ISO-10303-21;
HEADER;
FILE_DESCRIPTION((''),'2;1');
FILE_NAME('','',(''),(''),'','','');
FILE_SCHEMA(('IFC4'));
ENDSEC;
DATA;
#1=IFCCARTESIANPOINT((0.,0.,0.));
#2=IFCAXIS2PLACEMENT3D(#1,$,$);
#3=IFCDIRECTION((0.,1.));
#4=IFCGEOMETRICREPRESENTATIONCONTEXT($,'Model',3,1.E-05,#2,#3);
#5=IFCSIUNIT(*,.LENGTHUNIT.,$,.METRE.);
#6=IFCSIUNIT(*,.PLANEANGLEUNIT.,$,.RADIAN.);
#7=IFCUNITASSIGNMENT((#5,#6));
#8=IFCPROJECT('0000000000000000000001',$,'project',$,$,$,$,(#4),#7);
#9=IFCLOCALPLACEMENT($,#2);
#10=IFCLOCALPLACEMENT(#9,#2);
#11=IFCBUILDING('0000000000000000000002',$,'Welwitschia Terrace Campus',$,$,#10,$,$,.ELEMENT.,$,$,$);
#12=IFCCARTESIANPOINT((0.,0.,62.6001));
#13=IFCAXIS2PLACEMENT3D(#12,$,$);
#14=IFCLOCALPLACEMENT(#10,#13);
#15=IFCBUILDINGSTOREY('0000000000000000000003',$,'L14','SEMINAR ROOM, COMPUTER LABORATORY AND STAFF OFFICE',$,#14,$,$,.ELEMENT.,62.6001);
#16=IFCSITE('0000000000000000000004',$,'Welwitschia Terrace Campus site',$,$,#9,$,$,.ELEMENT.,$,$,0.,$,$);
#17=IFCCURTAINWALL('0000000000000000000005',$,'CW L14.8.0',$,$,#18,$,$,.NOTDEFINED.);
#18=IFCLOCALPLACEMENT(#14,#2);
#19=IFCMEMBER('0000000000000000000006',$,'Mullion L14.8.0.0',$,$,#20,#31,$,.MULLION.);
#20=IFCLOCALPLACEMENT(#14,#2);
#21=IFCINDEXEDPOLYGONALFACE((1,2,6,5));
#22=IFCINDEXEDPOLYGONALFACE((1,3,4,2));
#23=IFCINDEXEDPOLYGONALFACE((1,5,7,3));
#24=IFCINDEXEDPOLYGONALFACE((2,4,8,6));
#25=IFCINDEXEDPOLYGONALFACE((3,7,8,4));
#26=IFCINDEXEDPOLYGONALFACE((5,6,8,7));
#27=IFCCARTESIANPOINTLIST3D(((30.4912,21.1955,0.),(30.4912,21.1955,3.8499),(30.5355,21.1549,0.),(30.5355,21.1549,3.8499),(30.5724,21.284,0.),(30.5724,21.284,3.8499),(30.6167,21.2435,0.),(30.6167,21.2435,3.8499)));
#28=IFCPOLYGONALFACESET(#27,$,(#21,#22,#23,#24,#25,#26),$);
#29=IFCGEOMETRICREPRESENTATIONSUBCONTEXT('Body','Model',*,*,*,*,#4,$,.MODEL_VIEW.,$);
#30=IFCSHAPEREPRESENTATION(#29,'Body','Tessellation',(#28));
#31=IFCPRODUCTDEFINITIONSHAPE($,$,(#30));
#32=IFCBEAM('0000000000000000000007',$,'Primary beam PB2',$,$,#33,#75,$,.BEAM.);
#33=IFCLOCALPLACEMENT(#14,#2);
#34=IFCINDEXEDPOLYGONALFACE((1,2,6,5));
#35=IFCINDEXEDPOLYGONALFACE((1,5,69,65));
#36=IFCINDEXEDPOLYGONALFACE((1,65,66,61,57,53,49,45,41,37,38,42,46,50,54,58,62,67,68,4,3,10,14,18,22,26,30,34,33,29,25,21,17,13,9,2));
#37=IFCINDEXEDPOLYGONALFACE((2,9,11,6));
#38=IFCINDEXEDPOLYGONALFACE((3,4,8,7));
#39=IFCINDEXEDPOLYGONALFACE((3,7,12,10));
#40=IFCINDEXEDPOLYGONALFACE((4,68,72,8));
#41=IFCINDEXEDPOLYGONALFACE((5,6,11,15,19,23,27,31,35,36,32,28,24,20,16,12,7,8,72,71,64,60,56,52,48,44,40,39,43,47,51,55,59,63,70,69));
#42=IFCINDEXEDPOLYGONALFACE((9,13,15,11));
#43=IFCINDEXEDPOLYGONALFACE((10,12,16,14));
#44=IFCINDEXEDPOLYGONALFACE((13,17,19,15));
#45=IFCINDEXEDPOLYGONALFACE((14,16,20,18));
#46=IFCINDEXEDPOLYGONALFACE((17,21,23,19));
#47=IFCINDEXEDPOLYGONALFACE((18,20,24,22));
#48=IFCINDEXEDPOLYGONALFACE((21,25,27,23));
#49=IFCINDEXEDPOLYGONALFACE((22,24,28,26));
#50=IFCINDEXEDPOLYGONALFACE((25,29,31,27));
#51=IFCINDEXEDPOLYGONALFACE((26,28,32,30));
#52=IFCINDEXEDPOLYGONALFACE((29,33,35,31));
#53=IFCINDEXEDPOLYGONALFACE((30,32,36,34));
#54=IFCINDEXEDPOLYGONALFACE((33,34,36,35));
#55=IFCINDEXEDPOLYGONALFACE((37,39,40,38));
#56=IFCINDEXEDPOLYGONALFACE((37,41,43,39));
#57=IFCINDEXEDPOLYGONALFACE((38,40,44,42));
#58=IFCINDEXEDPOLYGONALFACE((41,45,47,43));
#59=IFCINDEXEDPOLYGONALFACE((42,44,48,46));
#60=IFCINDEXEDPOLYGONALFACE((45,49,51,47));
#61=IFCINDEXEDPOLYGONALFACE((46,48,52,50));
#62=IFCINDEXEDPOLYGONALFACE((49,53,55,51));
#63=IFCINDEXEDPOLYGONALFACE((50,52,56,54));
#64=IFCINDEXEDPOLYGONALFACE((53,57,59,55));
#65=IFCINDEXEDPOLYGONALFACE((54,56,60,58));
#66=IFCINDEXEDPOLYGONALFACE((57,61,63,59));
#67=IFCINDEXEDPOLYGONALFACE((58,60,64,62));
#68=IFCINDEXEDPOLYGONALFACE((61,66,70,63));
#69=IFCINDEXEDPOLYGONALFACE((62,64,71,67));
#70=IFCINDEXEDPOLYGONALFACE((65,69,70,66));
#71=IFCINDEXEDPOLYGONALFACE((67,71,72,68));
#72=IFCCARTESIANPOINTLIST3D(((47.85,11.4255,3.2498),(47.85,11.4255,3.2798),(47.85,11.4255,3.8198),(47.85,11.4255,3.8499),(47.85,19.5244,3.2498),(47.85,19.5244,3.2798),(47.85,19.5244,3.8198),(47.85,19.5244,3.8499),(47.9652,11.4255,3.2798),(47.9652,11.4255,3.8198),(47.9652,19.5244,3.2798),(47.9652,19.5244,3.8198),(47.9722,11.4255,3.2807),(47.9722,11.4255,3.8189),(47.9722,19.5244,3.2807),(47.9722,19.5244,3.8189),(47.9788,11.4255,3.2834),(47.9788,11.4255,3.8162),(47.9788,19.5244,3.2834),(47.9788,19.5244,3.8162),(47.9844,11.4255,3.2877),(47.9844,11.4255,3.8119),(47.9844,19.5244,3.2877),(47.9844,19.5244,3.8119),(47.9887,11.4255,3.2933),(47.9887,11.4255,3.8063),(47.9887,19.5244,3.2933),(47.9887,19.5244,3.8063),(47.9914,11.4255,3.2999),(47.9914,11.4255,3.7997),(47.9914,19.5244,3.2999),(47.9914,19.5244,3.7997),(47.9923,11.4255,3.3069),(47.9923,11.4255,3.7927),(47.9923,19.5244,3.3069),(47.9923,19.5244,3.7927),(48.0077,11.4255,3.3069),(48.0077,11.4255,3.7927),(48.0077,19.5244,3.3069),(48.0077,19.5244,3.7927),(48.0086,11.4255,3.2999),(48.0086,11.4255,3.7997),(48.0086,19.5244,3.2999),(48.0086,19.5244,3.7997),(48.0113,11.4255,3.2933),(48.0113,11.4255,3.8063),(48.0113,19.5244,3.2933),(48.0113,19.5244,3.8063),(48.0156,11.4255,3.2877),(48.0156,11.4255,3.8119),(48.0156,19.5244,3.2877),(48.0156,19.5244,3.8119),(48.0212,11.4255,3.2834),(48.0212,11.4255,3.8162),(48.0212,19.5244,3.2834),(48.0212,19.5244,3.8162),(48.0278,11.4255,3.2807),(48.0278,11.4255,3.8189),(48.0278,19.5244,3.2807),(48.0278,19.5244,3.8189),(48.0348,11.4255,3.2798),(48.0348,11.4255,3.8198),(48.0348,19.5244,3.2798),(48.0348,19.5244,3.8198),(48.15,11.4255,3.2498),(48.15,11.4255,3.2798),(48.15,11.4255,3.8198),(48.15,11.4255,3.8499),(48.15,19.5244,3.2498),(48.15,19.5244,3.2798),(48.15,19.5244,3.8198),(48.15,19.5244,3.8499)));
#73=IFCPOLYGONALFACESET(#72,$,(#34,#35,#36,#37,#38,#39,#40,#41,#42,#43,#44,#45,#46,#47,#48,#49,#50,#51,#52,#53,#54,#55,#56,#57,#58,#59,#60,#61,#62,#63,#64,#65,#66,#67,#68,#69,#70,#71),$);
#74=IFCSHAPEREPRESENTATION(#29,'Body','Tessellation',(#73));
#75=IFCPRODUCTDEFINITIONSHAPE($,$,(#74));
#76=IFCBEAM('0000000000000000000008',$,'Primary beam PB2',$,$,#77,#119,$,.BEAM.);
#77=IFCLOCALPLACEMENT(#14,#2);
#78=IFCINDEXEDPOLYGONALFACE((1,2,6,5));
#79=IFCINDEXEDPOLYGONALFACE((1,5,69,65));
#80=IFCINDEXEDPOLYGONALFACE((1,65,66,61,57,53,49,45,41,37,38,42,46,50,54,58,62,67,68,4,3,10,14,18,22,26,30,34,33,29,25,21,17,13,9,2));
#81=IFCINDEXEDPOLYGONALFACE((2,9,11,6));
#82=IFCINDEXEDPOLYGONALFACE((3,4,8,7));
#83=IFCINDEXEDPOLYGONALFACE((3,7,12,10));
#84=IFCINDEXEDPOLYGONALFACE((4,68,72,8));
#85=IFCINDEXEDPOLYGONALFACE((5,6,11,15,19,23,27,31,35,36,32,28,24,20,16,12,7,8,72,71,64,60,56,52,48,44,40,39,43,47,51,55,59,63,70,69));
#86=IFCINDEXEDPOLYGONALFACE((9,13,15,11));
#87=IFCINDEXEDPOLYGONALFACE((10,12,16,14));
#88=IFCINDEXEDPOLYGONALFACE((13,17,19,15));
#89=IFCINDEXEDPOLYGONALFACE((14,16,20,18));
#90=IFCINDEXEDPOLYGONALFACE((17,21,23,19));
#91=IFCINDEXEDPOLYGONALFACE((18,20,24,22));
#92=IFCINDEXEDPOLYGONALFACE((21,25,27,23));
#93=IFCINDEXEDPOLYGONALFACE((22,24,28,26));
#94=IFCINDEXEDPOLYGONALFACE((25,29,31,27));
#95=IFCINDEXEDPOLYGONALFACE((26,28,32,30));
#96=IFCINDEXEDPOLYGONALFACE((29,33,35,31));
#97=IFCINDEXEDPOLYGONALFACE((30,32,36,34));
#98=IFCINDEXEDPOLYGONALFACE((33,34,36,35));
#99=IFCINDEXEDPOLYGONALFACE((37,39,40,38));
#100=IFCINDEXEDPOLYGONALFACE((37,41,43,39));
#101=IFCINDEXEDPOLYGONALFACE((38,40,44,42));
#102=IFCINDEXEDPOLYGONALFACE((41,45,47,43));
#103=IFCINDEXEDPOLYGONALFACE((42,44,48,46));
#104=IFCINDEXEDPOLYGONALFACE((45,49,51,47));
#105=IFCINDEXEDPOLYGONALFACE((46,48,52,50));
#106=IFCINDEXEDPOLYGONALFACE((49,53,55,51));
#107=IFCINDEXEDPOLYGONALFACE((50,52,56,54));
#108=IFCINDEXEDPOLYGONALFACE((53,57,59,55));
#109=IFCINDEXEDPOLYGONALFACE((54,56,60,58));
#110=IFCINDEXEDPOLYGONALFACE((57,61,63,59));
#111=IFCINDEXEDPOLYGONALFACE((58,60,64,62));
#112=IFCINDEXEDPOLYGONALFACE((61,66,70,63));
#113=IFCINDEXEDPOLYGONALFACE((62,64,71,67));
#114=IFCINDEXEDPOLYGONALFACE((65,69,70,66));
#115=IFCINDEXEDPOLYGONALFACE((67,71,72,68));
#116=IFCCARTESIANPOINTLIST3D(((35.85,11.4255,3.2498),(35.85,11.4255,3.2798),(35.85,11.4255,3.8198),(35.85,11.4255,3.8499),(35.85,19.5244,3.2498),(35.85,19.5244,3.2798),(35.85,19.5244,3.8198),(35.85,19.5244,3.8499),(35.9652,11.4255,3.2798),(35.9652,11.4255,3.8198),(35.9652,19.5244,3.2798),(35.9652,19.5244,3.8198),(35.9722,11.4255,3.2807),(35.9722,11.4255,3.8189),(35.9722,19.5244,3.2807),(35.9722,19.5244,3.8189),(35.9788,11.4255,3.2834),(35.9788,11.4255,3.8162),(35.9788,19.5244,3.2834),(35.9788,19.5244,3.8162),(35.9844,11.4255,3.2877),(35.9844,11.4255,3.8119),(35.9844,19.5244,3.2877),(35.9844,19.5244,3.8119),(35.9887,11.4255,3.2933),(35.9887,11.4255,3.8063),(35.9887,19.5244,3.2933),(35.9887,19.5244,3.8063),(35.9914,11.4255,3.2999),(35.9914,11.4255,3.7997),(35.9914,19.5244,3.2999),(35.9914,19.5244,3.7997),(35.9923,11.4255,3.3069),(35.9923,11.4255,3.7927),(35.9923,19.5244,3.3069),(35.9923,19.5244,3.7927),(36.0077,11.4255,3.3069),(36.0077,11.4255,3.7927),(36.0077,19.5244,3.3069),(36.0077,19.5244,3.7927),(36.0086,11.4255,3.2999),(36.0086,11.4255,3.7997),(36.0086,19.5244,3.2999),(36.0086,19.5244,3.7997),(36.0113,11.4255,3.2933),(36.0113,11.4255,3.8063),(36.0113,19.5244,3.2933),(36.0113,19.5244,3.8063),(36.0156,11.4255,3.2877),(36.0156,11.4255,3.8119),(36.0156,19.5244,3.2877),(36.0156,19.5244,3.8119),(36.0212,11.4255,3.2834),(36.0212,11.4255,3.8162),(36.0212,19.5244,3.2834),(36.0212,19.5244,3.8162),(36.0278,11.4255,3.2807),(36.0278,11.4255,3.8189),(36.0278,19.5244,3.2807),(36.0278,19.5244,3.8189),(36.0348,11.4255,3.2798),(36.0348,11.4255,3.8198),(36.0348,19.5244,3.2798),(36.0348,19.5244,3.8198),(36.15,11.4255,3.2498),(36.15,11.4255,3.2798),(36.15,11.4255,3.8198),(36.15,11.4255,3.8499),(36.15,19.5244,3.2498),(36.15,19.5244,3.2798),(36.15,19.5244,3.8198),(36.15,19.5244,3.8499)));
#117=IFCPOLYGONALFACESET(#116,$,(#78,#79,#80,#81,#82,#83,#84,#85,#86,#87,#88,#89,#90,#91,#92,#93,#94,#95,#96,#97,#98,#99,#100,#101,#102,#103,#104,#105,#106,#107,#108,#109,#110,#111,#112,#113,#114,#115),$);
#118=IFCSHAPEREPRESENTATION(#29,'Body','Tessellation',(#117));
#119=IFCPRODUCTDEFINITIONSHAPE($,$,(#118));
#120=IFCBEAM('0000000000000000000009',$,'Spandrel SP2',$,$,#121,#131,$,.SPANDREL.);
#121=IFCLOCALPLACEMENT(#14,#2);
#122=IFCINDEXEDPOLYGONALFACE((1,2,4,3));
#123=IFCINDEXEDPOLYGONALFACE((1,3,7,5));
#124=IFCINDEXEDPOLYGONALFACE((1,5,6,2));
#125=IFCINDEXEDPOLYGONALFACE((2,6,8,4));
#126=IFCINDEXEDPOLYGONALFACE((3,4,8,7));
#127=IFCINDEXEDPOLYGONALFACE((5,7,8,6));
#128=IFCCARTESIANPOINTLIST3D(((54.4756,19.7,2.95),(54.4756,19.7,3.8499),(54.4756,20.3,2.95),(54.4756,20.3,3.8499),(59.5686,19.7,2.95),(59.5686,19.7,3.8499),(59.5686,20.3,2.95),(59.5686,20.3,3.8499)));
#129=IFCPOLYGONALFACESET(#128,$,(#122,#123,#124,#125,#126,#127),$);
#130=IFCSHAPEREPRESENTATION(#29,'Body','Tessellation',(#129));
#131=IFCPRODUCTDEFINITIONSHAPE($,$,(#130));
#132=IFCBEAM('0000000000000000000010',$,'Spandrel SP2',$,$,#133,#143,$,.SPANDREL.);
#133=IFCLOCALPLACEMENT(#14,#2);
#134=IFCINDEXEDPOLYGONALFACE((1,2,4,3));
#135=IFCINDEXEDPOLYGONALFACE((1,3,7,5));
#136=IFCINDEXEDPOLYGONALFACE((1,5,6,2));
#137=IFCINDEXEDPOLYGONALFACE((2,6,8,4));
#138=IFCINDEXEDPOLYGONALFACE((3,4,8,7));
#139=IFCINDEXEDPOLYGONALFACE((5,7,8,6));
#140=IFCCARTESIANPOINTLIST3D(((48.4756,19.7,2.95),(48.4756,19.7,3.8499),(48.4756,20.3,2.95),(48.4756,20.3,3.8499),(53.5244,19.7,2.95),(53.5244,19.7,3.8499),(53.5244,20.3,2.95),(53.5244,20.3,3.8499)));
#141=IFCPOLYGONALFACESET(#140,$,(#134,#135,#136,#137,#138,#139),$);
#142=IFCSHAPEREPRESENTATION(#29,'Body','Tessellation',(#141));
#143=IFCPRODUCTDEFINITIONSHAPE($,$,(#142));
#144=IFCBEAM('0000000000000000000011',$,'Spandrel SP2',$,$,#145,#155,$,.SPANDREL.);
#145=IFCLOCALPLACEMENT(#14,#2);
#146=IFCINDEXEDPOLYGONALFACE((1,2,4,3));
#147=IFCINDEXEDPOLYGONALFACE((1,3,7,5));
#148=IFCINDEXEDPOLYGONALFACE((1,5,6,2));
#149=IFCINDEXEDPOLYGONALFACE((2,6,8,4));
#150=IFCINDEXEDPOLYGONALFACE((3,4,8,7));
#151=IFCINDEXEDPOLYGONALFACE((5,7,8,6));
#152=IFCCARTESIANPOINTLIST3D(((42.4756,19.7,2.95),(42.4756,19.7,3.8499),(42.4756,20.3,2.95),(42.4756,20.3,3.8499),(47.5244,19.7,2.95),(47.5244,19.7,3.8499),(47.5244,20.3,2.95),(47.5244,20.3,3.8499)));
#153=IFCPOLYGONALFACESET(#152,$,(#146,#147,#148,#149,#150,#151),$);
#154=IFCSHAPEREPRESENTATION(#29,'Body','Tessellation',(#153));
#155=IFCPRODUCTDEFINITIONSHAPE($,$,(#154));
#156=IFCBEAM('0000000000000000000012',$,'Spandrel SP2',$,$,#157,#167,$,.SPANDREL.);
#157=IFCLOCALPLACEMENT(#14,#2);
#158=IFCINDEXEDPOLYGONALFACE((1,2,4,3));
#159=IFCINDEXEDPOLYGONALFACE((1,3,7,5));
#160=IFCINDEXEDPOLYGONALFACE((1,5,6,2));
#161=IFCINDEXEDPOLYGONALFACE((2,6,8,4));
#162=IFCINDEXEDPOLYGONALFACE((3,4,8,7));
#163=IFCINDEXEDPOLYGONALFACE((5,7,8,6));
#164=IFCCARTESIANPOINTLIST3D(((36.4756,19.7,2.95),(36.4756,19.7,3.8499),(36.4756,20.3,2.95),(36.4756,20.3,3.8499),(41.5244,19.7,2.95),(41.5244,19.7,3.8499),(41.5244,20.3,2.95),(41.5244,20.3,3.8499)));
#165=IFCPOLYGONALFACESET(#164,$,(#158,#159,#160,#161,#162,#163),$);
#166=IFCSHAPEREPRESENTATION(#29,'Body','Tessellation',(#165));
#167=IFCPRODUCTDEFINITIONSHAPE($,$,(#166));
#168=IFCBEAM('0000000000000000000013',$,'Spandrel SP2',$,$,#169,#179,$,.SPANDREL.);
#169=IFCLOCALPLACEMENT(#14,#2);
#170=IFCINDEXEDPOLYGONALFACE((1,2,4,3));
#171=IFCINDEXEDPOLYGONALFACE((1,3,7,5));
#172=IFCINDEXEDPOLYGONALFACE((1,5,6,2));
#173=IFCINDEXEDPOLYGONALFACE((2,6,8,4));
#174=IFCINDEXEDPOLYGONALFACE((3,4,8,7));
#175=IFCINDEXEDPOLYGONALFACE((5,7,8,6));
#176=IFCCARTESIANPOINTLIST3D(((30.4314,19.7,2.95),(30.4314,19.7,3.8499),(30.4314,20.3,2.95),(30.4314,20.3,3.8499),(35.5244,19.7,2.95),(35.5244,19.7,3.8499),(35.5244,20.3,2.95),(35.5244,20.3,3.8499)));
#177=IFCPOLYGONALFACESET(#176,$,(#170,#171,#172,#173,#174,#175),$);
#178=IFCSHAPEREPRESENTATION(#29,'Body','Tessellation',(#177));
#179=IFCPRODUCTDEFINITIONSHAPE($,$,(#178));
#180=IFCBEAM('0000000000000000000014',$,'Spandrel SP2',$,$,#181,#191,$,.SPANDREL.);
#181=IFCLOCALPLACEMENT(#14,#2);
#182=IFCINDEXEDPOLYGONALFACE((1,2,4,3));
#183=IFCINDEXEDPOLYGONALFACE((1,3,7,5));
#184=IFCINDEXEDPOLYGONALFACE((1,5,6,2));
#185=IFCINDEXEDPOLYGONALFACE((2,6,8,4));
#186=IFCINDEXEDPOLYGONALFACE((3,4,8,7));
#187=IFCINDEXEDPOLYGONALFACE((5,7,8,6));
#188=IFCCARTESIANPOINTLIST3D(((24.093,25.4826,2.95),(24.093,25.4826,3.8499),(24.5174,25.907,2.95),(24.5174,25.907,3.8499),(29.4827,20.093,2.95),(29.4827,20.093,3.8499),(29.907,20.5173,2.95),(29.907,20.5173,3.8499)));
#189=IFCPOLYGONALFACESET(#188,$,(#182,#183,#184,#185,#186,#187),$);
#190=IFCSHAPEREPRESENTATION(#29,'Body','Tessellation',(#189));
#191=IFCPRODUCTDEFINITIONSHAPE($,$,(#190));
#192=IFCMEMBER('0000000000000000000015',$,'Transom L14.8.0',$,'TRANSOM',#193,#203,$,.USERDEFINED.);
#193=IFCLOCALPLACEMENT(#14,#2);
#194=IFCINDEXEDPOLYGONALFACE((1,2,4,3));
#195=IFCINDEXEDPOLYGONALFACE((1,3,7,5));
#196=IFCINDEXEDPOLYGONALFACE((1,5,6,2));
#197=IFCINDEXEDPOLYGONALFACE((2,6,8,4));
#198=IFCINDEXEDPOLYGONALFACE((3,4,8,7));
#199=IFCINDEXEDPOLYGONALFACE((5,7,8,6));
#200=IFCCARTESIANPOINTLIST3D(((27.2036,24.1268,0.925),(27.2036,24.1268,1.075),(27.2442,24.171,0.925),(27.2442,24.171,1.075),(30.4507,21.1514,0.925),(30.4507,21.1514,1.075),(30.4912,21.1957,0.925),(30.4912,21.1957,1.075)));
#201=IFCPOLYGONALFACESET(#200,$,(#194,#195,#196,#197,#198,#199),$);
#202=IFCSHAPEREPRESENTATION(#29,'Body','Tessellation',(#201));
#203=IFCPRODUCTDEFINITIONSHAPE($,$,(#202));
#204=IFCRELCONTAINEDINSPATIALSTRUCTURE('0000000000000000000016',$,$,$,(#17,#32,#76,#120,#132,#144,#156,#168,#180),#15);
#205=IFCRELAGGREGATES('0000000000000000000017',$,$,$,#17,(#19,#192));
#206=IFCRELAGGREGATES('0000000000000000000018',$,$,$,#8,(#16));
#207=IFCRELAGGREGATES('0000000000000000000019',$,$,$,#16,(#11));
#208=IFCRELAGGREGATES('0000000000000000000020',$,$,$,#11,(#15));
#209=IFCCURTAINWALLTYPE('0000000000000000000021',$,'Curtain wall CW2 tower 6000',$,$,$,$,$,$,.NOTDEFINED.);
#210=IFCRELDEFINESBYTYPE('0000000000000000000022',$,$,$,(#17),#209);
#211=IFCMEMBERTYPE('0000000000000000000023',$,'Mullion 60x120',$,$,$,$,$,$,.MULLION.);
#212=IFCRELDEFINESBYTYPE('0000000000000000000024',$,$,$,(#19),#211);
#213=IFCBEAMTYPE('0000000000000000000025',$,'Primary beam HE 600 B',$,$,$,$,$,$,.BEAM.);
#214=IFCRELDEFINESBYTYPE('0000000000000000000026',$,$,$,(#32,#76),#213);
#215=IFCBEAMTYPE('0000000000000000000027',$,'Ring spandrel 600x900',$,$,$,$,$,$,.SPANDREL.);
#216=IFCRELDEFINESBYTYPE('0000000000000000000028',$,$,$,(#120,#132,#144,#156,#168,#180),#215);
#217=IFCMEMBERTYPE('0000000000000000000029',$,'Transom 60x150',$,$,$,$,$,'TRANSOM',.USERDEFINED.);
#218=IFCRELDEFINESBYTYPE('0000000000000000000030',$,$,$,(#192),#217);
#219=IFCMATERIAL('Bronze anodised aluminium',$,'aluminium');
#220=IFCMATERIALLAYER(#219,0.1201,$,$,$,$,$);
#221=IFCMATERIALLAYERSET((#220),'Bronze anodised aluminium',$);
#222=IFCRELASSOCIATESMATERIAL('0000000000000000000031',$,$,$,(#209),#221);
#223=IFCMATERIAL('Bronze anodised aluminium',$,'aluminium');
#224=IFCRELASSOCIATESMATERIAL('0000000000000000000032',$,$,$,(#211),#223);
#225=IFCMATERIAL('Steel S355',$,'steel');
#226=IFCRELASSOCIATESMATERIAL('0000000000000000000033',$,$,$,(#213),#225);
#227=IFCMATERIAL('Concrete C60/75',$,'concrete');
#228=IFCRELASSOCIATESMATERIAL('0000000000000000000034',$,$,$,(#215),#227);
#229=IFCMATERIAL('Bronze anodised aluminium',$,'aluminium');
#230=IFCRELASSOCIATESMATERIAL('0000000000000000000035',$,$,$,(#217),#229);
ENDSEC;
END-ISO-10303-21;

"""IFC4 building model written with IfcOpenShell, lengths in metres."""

from ifc_helpers import new_model, si_unit, direction, frame, origin, origin_2d, place, context, subcontext, project, spatial, rectangle, i_section, extrude, material, layer, layer_set, material_profile, profile_set, type_object, element, aggregate, save


model = new_model("IFC4")

# Units and contexts
model_context = context("Model", 3, precision=1e-05, world=origin(), true_north=direction((0.0, 1.0)))
body_context = subcontext(model_context, "Body", "Model", "MODEL_VIEW")
ifc_project = project(units=[si_unit("LENGTHUNIT", "METRE"), si_unit("PLANEANGLEUNIT", "RADIAN")], contexts=[model_context])

# Site, building, storey
site_placement = place(None, origin())
site = spatial("IfcSite", under=ifc_project, at=site_placement, Name="Welwitschia Terrace Campus site", CompositionType="ELEMENT", RefElevation=0.0)
building_placement = place(site_placement, origin())
building = spatial("IfcBuilding", under=site, at=building_placement, Name="Welwitschia Terrace Campus", CompositionType="ELEMENT")
storey_placement = place(building_placement, frame((0.0, 0.0, 62.6001)))
storey = spatial("IfcBuildingStorey", under=building, at=storey_placement, Name="L14", Description="SEMINAR ROOM, COMPUTER LABORATORY AND STAFF OFFICE", CompositionType="ELEMENT", Elevation=62.6001)

# Shared definitions
ifc_material_1 = material(Name="Bronze anodised aluminium", Category="aluminium")
ifc_layer_1 = layer(ifc_material_1, 0.1201)
ifc_layer_set_1 = layer_set([ifc_layer_1], Name="Bronze anodised aluminium")
curtain_wall_type = type_object("IfcCurtainWallType", Name="Curtain wall CW2 tower 6000", PredefinedType="NOTDEFINED", material=ifc_layer_set_1)
ifc_material_2 = material(Name="Bronze anodised aluminium", Category="aluminium")
ifc_material_profile_1 = material_profile(ifc_material_2, rectangle(XDim=0.1201, YDim=0.0601, at=origin_2d()))
ifc_profile_set_1 = profile_set([ifc_material_profile_1], Name="Bronze anodised aluminium")
member_type_1 = type_object("IfcMemberType", Name="Mullion 60x120", PredefinedType="MULLION", material=ifc_profile_set_1)

# Curtain wall, member
curtain_wall_1_placement = place(storey_placement, origin())
curtain_wall_1 = element("IfcCurtainWall", 1, at=curtain_wall_1_placement, inside=storey, type_object=curtain_wall_type, Name="CW L14.8.0", PredefinedType="NOTDEFINED")
member_1_placement = place(storey_placement, frame((30.554, 21.2195, 0.0), z_axis=(0.0, 0.0, 1.0), x_axis=(-0.67559, -0.737277, 0.0)))
member_1 = element("IfcMember", 2, at=member_1_placement, type_object=member_type_1, Name="Mullion L14.8.0.0", PredefinedType="MULLION", context=body_context, shape_type="SweptSolid", body=[
    extrude(rectangle(XDim=0.1201, YDim=0.0601, at=origin_2d()), origin(), (0.0, 0.0, 1.0), 3.8499),
])

# Beams
ifc_material_3 = material(Name="Steel S355", Category="steel")
ifc_material_profile_2 = material_profile(ifc_material_3, i_section(OverallWidth=0.3, OverallDepth=0.6001, WebThickness=0.0154, FlangeThickness=0.03, FilletRadius=0.0271, at=origin_2d()))
ifc_profile_set_2 = profile_set([ifc_material_profile_2], Name="Steel S355")
beam_type_1 = type_object("IfcBeamType", Name="Primary beam HE 600 B", PredefinedType="BEAM", material=ifc_profile_set_2)
for number, where, z_axis, x_axis, name in (
    (3, (48.0, 19.5244, 3.5498), (0.0, -1.0, 0.0), (1.0, 0.0, 0.0), "Primary beam PB2"),
    (4, (36.0, 19.5244, 3.5498), (0.0, -1.0, 0.0), (1.0, 0.0, 0.0), "Primary beam PB2"),
):
    element("IfcBeam", number, at=place(storey_placement, frame(where, z_axis=z_axis, x_axis=x_axis)), inside=storey, type_object=beam_type_1, Name=name, PredefinedType="BEAM", context=body_context, shape_type="SweptSolid", body=[
        extrude(i_section(OverallWidth=0.3, OverallDepth=0.6001, WebThickness=0.0154, FlangeThickness=0.03, FilletRadius=0.0271, at=origin_2d()), origin(), (0.0, 0.0, 1.0), 8.0989),
    ])
ifc_material_4 = material(Name="Concrete C60/75", Category="concrete")
ifc_material_profile_3 = material_profile(ifc_material_4, rectangle(XDim=0.6001, YDim=0.8999, at=origin_2d()))
ifc_profile_set_3 = profile_set([ifc_material_profile_3], Name="Concrete C60/75")
beam_type_2 = type_object("IfcBeamType", Name="Ring spandrel 600x900", PredefinedType="SPANDREL", material=ifc_profile_set_3)
beam_1_placement = place(storey_placement, frame((59.5686, 20.0, 3.3999), z_axis=(-1.0, 0.0, 0.0), x_axis=(0.0, -1.0, 0.0)))
element("IfcBeam", 5, at=beam_1_placement, inside=storey, type_object=beam_type_2, Name="Spandrel SP2", PredefinedType="SPANDREL", context=body_context, shape_type="SweptSolid", body=[
    extrude(rectangle(XDim=0.6001, YDim=0.8999, at=origin_2d()), origin(), (0.0, 0.0, 1.0), 5.093),
])
for number, where, z_axis, x_axis, name in (
    (6, (53.5244, 20.0, 3.3999), (-1.0, 0.0, 0.0), (0.0, -1.0, 0.0), "Spandrel SP2"),
    (7, (47.5244, 20.0, 3.3999), (-1.0, 0.0, 0.0), (0.0, -1.0, 0.0), "Spandrel SP2"),
    (8, (41.5244, 20.0, 3.3999), (-1.0, 0.0, 0.0), (0.0, -1.0, 0.0), "Spandrel SP2"),
):
    element("IfcBeam", number, at=place(storey_placement, frame(where, z_axis=z_axis, x_axis=x_axis)), inside=storey, type_object=beam_type_2, Name=name, PredefinedType="SPANDREL", context=body_context, shape_type="SweptSolid", body=[
        extrude(rectangle(XDim=0.6001, YDim=0.8999, at=origin_2d()), origin(), (0.0, 0.0, 1.0), 5.0488),
    ])
beam_2_placement = place(storey_placement, frame((35.5244, 20.0, 3.3999), z_axis=(-1.0, 0.0, 0.0), x_axis=(0.0, -1.0, 0.0)))
element("IfcBeam", 9, at=beam_2_placement, inside=storey, type_object=beam_type_2, Name="Spandrel SP2", PredefinedType="SPANDREL", context=body_context, shape_type="SweptSolid", body=[
    extrude(rectangle(XDim=0.6001, YDim=0.8999, at=origin_2d()), origin(), (0.0, 0.0, 1.0), 5.093),
])
beam_3_placement = place(storey_placement, frame((29.6948, 20.3052, 3.3999), z_axis=(-0.707107, 0.707107, 0.0), x_axis=(-0.707107, -0.707107, 0.0)))
element("IfcBeam", 10, at=beam_3_placement, inside=storey, type_object=beam_type_2, Name="Spandrel SP2", PredefinedType="SPANDREL", context=body_context, shape_type="SweptSolid", body=[
    extrude(rectangle(XDim=0.6001, YDim=0.8999, at=origin_2d()), origin(), (0.0, 0.0, 1.0), 7.6221),
])

# Member
ifc_material_5 = material(Name="Bronze anodised aluminium", Category="aluminium")
ifc_material_profile_4 = material_profile(ifc_material_5, rectangle(XDim=0.0601, YDim=0.1499, at=origin_2d()))
ifc_profile_set_4 = profile_set([ifc_material_profile_4], Name="Bronze anodised aluminium")
member_type_2 = type_object("IfcMemberType", Name="Transom 60x150", ElementType="TRANSOM", PredefinedType="USERDEFINED", material=ifc_profile_set_4)
member_2_placement = place(storey_placement, frame((30.4709, 21.1736, 1.0), z_axis=(-0.737283, 0.675584, 0.0), x_axis=(-0.675584, -0.737283, 0.0)))
member_2 = element("IfcMember", 11, at=member_2_placement, type_object=member_type_2, Name="Transom L14.8.0", ObjectType="TRANSOM", PredefinedType="USERDEFINED", context=body_context, shape_type="SweptSolid", body=[
    extrude(rectangle(XDim=0.0601, YDim=0.1499, at=origin_2d()), origin(), (0.0, 0.0, 1.0), 4.4041),
])
aggregate(curtain_wall_1, [member_1, member_2])

save(model, "model.ifc")
